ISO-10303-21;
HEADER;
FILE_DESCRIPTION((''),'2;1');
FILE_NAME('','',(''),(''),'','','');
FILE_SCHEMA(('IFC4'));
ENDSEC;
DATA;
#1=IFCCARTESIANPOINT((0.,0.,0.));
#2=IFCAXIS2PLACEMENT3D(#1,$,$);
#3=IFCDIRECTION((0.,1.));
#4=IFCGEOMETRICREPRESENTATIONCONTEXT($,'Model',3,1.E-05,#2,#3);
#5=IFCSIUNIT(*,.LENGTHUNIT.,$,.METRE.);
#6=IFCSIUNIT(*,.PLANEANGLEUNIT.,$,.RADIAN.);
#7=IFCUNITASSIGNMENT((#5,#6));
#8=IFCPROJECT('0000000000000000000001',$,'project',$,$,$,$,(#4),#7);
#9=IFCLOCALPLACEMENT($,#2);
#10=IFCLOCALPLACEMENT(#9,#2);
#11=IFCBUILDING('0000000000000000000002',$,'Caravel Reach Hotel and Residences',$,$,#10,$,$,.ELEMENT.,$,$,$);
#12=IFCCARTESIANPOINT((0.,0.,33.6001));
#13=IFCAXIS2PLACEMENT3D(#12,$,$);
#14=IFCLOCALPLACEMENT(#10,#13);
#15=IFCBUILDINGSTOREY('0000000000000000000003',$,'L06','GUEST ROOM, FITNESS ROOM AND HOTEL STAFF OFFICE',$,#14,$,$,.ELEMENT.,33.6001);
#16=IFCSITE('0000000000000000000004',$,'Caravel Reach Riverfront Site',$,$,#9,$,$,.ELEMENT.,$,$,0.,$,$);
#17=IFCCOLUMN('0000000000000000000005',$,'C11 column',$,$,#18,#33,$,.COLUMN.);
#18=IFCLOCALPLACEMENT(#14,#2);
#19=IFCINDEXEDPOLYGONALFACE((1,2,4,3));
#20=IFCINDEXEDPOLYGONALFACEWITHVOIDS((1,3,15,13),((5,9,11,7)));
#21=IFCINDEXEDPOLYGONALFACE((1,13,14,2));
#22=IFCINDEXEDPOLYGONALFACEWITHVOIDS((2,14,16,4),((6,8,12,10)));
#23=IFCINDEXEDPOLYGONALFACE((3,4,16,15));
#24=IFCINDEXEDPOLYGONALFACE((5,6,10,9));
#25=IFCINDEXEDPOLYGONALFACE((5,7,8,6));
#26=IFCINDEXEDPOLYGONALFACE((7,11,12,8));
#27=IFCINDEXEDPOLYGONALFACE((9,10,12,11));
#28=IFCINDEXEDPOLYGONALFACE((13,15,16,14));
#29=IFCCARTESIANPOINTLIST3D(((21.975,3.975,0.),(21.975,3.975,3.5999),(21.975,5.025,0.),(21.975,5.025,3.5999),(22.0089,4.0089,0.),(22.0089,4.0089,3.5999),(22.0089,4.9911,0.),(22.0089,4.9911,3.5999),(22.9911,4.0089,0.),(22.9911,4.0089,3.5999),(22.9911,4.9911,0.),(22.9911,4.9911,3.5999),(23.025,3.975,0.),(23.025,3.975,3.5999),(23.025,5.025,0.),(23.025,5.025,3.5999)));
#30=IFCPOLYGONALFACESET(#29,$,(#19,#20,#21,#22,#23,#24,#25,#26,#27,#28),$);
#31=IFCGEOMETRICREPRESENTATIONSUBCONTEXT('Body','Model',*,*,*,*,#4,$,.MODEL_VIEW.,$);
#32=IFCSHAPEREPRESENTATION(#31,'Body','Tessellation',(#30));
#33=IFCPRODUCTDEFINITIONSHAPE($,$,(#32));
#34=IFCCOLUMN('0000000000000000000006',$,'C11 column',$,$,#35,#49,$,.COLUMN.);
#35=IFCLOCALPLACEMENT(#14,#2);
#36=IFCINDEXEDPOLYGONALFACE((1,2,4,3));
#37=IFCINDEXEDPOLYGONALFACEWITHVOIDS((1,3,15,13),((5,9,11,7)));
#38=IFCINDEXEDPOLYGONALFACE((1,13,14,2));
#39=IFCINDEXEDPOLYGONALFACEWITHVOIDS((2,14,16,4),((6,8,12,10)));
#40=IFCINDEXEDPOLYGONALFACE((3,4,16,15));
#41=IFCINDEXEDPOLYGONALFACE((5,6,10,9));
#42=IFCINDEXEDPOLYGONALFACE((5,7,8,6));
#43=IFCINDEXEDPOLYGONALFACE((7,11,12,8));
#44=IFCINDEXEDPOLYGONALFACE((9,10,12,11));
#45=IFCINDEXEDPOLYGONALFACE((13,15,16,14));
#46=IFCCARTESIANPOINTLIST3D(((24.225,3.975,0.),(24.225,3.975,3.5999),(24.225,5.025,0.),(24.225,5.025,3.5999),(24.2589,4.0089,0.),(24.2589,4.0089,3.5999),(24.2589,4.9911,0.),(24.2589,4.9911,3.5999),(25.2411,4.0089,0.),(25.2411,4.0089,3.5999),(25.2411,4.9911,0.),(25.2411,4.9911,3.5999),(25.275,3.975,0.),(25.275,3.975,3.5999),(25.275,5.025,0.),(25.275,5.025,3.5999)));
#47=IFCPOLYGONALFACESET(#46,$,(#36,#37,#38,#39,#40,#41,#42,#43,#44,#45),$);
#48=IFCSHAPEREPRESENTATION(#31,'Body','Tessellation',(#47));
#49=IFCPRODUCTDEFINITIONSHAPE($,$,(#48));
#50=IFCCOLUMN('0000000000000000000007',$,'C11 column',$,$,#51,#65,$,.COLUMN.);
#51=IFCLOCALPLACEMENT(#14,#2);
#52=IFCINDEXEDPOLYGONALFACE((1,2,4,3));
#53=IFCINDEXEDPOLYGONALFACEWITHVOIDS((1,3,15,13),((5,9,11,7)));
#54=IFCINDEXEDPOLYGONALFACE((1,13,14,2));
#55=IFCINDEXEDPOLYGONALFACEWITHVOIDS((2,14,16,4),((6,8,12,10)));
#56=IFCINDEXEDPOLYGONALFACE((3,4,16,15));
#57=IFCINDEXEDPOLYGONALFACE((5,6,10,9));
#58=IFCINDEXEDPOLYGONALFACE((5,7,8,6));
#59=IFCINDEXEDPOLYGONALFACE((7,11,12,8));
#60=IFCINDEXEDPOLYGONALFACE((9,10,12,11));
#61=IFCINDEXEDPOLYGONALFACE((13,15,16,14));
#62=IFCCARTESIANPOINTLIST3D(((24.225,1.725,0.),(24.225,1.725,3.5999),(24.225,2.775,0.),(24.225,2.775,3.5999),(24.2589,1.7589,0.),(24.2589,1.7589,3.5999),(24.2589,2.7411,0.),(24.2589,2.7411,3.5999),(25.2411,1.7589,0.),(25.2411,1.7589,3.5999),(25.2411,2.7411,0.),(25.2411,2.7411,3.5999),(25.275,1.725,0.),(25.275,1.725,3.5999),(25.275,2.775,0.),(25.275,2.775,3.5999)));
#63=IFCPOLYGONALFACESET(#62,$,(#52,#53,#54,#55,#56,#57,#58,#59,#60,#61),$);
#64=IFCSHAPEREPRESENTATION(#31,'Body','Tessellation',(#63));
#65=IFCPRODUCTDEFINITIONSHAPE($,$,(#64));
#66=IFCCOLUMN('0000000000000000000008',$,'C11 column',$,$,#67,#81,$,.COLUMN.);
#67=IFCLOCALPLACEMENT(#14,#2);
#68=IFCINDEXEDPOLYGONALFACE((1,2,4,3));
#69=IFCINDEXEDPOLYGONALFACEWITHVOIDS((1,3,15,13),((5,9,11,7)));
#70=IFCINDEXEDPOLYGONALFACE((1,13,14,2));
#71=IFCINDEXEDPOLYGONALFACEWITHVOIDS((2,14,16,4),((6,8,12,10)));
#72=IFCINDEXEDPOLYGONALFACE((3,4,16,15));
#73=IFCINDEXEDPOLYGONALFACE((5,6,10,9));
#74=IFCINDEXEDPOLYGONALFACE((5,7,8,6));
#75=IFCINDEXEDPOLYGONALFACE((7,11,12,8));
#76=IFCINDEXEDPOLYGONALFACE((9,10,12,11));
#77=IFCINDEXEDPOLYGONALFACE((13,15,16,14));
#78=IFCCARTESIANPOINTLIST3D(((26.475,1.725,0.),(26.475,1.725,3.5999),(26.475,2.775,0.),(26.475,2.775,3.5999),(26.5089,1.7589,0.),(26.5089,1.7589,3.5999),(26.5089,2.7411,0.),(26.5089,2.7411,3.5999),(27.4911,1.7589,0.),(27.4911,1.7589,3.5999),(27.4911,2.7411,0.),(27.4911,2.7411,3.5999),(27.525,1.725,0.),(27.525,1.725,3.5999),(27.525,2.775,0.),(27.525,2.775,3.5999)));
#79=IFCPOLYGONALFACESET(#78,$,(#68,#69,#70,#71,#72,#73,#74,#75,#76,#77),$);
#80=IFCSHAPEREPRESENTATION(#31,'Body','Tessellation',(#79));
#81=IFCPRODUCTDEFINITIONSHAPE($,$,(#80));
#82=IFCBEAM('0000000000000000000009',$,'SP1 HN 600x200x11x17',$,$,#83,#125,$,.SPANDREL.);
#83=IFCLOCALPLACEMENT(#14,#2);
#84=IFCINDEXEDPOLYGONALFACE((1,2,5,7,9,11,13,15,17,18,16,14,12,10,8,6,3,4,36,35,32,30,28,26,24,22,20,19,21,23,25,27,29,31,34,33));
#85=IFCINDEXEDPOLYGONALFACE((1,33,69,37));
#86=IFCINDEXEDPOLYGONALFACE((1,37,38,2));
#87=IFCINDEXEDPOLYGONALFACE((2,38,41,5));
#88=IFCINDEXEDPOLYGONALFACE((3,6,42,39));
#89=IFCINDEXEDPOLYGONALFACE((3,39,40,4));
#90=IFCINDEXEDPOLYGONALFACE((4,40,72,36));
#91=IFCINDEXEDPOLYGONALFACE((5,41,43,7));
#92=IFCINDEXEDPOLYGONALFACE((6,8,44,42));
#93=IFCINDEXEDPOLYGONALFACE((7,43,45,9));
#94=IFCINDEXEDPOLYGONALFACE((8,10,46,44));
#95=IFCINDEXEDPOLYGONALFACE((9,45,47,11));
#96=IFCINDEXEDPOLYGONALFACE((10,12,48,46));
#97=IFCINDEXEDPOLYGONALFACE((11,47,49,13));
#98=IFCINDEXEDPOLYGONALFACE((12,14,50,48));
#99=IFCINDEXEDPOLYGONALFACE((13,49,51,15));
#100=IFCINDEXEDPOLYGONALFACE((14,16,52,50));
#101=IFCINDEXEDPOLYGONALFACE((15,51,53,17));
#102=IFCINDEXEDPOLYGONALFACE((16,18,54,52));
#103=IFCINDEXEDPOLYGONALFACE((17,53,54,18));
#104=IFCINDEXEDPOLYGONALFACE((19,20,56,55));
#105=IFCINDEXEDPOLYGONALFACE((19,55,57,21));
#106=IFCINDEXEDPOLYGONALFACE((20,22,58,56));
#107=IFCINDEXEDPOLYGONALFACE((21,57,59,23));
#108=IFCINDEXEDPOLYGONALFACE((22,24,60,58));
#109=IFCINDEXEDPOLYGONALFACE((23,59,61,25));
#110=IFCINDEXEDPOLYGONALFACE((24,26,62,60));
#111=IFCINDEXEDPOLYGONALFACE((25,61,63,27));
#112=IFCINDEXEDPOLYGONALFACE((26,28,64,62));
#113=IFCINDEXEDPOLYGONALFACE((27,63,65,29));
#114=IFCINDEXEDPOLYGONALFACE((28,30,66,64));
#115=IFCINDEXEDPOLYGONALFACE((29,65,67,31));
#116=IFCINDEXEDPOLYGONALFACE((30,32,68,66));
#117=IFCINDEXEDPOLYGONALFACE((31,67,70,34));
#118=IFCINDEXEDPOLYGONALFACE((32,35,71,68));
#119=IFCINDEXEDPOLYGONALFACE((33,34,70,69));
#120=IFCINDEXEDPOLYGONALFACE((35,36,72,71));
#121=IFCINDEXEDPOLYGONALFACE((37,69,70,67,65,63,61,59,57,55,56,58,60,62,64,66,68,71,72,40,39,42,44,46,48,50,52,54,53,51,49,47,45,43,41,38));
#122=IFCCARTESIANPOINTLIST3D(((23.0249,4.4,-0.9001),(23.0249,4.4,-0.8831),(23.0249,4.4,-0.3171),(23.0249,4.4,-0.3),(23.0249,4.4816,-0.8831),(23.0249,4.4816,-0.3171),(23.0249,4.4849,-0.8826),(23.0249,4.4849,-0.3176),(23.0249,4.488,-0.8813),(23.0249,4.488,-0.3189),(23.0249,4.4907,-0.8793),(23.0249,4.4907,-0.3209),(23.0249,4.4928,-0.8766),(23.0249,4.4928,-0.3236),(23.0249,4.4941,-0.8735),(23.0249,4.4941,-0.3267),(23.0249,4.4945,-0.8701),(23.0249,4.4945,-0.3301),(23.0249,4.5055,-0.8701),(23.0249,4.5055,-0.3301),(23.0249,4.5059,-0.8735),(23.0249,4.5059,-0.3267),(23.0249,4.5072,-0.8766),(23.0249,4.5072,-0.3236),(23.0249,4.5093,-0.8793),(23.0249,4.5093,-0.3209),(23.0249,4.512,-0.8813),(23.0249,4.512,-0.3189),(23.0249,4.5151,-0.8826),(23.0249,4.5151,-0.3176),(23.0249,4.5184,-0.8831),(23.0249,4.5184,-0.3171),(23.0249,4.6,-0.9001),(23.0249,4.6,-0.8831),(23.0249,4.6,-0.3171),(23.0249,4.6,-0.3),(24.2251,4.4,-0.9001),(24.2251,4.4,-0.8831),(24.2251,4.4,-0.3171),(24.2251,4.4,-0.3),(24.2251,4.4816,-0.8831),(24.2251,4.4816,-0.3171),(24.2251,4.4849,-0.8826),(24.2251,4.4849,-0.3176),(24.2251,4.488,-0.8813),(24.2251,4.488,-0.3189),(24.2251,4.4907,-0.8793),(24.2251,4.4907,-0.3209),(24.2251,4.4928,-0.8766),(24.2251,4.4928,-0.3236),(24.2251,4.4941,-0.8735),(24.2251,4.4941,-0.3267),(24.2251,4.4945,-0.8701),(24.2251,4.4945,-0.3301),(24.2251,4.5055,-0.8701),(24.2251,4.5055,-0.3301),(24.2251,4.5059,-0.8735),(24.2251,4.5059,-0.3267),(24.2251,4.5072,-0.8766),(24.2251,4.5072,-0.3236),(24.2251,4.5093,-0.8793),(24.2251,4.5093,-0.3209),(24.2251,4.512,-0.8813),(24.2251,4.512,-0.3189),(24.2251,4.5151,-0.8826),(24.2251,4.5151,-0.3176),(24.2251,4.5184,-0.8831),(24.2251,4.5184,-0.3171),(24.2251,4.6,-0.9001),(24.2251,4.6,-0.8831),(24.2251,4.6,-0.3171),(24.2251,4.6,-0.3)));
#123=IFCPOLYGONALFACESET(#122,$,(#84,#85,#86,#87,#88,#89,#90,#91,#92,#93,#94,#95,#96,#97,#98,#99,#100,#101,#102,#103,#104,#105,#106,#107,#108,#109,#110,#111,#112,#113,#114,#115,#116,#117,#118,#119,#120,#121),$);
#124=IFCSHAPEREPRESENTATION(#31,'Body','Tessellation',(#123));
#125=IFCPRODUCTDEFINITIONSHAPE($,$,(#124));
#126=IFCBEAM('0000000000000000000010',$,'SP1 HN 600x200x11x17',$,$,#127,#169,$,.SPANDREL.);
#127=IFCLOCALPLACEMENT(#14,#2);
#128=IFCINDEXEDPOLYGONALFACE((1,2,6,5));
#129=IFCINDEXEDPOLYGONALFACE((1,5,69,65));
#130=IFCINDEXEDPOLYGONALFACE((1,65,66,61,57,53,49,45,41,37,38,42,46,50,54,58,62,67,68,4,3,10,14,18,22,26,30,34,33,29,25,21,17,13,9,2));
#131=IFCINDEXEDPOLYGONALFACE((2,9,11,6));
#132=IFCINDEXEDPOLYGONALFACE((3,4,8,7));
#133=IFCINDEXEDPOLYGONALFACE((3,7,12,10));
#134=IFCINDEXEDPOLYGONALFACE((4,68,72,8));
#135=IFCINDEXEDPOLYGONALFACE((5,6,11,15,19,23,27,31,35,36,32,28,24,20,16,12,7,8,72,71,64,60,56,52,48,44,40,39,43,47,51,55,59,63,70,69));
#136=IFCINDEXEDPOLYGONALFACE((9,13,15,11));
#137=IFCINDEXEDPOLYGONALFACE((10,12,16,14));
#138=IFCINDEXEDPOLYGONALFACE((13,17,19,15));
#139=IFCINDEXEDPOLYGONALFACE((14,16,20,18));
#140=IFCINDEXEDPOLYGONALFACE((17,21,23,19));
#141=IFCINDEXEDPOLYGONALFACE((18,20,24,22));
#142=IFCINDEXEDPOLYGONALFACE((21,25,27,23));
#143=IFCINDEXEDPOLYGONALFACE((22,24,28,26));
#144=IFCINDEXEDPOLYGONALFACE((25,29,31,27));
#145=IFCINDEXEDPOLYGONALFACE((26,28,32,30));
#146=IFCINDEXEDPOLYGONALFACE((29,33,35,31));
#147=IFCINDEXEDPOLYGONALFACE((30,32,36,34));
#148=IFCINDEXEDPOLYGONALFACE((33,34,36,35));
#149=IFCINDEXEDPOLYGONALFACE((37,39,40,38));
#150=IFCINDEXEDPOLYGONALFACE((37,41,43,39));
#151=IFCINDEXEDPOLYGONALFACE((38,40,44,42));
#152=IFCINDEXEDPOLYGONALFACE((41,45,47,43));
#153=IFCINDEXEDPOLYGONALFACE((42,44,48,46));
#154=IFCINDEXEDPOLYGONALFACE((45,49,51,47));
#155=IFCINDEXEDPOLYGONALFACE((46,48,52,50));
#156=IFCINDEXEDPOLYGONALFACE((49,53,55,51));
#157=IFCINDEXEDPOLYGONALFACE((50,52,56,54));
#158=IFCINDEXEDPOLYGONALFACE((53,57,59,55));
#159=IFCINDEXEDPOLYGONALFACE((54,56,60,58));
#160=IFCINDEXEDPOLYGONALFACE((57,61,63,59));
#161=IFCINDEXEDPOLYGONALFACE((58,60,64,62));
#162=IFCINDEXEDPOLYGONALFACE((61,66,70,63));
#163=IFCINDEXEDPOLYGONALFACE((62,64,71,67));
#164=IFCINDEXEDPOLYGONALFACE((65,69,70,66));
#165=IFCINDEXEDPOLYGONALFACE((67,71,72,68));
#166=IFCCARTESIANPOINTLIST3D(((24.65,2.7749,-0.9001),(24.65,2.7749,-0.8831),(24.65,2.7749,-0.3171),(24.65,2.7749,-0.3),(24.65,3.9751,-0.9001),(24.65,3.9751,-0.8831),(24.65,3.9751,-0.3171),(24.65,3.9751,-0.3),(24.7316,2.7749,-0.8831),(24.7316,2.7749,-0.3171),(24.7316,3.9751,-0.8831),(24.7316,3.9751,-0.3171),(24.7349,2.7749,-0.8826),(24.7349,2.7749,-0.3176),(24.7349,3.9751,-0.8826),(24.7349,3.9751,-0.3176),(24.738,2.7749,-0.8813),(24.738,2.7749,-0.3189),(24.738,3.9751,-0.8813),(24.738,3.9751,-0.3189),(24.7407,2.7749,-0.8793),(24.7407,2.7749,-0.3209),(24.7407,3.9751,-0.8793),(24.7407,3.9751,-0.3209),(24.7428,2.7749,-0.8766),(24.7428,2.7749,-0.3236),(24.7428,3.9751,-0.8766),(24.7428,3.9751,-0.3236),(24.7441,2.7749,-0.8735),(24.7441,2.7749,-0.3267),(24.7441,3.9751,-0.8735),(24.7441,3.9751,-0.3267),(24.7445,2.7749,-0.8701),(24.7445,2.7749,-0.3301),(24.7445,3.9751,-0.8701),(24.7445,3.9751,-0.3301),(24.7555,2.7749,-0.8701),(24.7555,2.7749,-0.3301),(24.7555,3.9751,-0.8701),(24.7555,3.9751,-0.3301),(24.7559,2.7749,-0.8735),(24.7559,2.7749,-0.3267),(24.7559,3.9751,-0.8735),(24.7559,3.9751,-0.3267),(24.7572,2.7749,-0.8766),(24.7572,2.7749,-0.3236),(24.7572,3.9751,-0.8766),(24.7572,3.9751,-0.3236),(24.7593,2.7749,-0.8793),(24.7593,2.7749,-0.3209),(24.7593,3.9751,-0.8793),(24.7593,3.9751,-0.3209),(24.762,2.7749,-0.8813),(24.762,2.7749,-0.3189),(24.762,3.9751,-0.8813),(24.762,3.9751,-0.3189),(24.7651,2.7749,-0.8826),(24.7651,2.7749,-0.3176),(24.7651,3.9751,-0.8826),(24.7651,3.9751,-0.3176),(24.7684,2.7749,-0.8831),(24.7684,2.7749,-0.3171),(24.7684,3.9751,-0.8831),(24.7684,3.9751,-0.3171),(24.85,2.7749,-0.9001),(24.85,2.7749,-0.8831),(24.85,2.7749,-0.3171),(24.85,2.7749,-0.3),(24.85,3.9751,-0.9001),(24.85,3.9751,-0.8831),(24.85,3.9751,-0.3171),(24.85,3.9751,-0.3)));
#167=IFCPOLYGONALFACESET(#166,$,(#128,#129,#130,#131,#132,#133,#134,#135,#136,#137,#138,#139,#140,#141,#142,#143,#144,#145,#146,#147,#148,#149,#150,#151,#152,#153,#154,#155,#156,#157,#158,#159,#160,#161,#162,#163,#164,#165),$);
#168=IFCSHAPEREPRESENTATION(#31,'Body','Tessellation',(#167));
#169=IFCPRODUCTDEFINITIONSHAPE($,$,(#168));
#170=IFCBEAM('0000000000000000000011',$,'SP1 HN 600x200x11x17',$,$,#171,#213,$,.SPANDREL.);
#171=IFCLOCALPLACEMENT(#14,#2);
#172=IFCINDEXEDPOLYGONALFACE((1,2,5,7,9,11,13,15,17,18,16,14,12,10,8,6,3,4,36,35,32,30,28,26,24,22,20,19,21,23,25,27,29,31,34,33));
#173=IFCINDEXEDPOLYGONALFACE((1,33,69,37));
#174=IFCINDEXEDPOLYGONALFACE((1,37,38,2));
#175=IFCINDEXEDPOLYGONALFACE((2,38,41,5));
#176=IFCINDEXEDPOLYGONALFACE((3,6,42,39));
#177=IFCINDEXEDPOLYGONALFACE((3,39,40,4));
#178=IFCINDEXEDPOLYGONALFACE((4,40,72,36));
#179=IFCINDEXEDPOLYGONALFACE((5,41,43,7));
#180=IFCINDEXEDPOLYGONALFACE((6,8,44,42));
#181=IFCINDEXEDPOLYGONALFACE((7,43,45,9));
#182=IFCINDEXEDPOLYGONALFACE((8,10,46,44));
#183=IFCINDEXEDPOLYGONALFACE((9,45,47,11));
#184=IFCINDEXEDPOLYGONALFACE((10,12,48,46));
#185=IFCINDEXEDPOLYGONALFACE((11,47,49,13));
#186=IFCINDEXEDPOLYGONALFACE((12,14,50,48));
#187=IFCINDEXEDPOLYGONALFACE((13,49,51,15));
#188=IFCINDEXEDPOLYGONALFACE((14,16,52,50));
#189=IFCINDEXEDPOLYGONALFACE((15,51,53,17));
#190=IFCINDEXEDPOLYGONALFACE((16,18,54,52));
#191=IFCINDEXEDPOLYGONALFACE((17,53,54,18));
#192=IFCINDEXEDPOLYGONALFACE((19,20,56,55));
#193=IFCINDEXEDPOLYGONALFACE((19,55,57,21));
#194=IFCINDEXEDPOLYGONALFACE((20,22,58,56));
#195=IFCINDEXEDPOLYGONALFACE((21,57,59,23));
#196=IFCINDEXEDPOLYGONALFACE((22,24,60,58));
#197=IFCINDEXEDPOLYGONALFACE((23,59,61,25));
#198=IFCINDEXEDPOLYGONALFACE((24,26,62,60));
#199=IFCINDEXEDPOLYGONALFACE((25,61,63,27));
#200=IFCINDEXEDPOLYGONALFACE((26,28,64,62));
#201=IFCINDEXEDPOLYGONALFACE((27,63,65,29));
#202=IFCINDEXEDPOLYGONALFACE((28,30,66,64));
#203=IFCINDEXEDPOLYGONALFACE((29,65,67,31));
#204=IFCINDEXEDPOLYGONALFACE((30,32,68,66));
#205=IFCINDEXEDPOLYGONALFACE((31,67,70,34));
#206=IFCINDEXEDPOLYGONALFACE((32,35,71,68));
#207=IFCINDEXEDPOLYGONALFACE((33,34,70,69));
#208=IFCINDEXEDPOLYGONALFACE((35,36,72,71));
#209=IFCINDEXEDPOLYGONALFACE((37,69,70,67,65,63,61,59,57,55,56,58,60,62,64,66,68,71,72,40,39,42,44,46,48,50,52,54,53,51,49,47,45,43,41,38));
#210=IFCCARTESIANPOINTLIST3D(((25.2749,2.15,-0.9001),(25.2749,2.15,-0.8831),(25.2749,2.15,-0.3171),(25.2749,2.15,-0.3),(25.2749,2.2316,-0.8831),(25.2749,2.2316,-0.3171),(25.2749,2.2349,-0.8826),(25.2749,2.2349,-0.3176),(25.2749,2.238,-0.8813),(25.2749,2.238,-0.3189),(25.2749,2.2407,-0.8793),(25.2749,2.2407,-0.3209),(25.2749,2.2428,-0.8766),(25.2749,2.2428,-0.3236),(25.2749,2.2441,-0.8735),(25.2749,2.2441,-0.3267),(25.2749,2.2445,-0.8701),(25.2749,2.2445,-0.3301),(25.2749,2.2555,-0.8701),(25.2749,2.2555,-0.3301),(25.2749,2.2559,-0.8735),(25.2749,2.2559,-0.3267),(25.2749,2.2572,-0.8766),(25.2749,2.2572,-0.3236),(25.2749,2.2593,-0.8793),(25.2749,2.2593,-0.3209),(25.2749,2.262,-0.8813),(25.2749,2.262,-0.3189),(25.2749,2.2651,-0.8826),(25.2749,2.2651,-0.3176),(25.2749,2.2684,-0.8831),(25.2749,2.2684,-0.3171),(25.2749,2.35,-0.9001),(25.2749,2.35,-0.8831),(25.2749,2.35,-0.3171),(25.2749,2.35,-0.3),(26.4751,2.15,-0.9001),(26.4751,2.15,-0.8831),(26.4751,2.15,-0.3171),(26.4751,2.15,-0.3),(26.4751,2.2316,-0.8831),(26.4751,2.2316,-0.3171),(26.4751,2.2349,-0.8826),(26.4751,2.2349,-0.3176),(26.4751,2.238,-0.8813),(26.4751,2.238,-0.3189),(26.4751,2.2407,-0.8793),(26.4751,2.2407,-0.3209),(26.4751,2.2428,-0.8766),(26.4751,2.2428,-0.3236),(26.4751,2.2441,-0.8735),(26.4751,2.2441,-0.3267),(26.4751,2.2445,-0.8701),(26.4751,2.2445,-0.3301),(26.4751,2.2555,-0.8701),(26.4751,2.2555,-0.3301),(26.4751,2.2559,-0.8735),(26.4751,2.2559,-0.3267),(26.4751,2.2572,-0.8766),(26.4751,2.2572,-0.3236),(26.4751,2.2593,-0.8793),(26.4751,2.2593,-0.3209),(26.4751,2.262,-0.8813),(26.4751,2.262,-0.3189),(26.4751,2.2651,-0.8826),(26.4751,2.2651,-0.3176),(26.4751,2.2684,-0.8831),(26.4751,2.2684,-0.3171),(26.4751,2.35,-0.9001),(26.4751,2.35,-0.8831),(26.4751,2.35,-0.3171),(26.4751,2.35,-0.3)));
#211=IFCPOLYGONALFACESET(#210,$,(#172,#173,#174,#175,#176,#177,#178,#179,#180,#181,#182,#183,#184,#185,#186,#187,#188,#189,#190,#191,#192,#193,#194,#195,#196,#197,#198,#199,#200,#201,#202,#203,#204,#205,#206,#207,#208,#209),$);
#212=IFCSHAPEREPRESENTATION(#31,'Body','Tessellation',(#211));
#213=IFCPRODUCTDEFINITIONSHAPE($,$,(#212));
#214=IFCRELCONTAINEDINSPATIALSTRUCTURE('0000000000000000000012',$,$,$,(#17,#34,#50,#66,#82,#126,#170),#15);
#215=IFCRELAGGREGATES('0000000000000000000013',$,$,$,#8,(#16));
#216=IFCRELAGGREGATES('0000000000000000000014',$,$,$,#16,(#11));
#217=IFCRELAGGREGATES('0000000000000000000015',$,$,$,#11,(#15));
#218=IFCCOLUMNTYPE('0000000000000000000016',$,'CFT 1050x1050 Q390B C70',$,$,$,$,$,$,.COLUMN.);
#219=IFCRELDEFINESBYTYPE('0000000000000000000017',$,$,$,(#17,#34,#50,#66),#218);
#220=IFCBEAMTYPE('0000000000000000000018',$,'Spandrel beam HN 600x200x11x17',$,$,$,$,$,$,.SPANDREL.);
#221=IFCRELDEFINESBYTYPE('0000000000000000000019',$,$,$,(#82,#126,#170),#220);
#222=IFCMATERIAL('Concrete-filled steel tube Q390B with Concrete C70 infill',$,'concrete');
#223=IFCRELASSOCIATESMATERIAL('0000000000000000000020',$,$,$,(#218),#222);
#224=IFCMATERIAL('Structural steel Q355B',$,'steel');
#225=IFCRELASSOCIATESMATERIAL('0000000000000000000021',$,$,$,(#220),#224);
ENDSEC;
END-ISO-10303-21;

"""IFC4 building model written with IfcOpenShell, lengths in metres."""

from ifc_helpers import new_model, si_unit, direction, frame, origin, origin_2d, place, context, subcontext, project, spatial, hollow_rectangle, i_section, extrude, material, material_profile, profile_set, type_object, element, save


model = new_model("IFC4")

# Units and contexts
model_context = context("Model", 3, precision=1e-05, world=origin(), true_north=direction((0.0, 1.0)))
body_context = subcontext(model_context, "Body", "Model", "MODEL_VIEW")
ifc_project = project(units=[si_unit("LENGTHUNIT", "METRE"), si_unit("PLANEANGLEUNIT", "RADIAN")], contexts=[model_context])

# Site, building, storey
site_placement = place(None, origin())
site = spatial("IfcSite", under=ifc_project, at=site_placement, Name="Caravel Reach Riverfront Site", CompositionType="ELEMENT", RefElevation=0.0)
building_placement = place(site_placement, origin())
building = spatial("IfcBuilding", under=site, at=building_placement, Name="Caravel Reach Hotel and Residences", CompositionType="ELEMENT")
storey_placement = place(building_placement, frame((0.0, 0.0, 33.6001)))
storey = spatial("IfcBuildingStorey", under=building, at=storey_placement, Name="L06", Description="GUEST ROOM, FITNESS ROOM AND HOTEL STAFF OFFICE", CompositionType="ELEMENT", Elevation=33.6001)

# Columns
ifc_material_1 = material(Name="Concrete-filled steel tube Q390B with Concrete C70 infill", Category="concrete")
ifc_material_profile_1 = material_profile(ifc_material_1, hollow_rectangle(XDim=1.05, YDim=1.05, WallThickness=0.0339, at=origin_2d()), Name="RHS 1050x1050x34")
ifc_profile_set_1 = profile_set([ifc_material_profile_1], Name="Concrete-filled steel tube Q390B with Concrete C70 infill")
column_type = type_object("IfcColumnType", Name="CFT 1050x1050 Q390B C70", PredefinedType="COLUMN", material=ifc_profile_set_1)
for number, where, z_axis, x_axis, name in (
    (1, (22.5, 4.5, 0.0), (0.0, 0.0, 1.0), (1.0, 0.0, 0.0), "C11 column"),
    (2, (24.75, 4.5, 0.0), (0.0, 0.0, 1.0), (1.0, 0.0, 0.0), "C11 column"),
    (3, (24.75, 2.25, 0.0), (0.0, 0.0, 1.0), (1.0, 0.0, 0.0), "C11 column"),
    (4, (27.0, 2.25, 0.0), (0.0, 0.0, 1.0), (1.0, 0.0, 0.0), "C11 column"),
):
    element("IfcColumn", number, at=place(storey_placement, frame(where, z_axis=z_axis, x_axis=x_axis)), inside=storey, type_object=column_type, Name=name, PredefinedType="COLUMN", context=body_context, shape_type="SweptSolid", body=[
        extrude(hollow_rectangle(XDim=1.05, YDim=1.05, WallThickness=0.0339, at=origin_2d()), origin(), (0.0, 0.0, 1.0), 3.5999),
    ])

# Beams
ifc_material_2 = material(Name="Structural steel Q355B", Category="steel")
ifc_material_profile_2 = material_profile(ifc_material_2, i_section(OverallWidth=0.2, OverallDepth=0.6001, WebThickness=0.011, FlangeThickness=0.0171, FilletRadius=0.0129, at=origin_2d()), Name="HN 600x200x11x17")
ifc_profile_set_2 = profile_set([ifc_material_profile_2], Name="Structural steel Q355B")
beam_type = type_object("IfcBeamType", Name="Spandrel beam HN 600x200x11x17", PredefinedType="SPANDREL", material=ifc_profile_set_2)
for number, where, z_axis, x_axis, name in (
    (5, (23.0249, 4.5, -0.6001), (1.0, 0.0, 0.0), (0.0, 1.0, 0.0), "SP1 HN 600x200x11x17"),
    (6, (24.75, 3.9751, -0.6001), (0.0, -1.0, 0.0), (1.0, 0.0, 0.0), "SP1 HN 600x200x11x17"),
    (7, (25.2749, 2.25, -0.6001), (1.0, 0.0, 0.0), (0.0, 1.0, 0.0), "SP1 HN 600x200x11x17"),
):
    element("IfcBeam", number, at=place(storey_placement, frame(where, z_axis=z_axis, x_axis=x_axis)), inside=storey, type_object=beam_type, Name=name, PredefinedType="SPANDREL", context=body_context, shape_type="SweptSolid", body=[
        extrude(i_section(OverallWidth=0.2, OverallDepth=0.6001, WebThickness=0.011, FlangeThickness=0.0171, FilletRadius=0.0129, at=origin_2d()), origin(), (0.0, 0.0, 1.0), 1.2002),
    ])

save(model, "model.ifc")
